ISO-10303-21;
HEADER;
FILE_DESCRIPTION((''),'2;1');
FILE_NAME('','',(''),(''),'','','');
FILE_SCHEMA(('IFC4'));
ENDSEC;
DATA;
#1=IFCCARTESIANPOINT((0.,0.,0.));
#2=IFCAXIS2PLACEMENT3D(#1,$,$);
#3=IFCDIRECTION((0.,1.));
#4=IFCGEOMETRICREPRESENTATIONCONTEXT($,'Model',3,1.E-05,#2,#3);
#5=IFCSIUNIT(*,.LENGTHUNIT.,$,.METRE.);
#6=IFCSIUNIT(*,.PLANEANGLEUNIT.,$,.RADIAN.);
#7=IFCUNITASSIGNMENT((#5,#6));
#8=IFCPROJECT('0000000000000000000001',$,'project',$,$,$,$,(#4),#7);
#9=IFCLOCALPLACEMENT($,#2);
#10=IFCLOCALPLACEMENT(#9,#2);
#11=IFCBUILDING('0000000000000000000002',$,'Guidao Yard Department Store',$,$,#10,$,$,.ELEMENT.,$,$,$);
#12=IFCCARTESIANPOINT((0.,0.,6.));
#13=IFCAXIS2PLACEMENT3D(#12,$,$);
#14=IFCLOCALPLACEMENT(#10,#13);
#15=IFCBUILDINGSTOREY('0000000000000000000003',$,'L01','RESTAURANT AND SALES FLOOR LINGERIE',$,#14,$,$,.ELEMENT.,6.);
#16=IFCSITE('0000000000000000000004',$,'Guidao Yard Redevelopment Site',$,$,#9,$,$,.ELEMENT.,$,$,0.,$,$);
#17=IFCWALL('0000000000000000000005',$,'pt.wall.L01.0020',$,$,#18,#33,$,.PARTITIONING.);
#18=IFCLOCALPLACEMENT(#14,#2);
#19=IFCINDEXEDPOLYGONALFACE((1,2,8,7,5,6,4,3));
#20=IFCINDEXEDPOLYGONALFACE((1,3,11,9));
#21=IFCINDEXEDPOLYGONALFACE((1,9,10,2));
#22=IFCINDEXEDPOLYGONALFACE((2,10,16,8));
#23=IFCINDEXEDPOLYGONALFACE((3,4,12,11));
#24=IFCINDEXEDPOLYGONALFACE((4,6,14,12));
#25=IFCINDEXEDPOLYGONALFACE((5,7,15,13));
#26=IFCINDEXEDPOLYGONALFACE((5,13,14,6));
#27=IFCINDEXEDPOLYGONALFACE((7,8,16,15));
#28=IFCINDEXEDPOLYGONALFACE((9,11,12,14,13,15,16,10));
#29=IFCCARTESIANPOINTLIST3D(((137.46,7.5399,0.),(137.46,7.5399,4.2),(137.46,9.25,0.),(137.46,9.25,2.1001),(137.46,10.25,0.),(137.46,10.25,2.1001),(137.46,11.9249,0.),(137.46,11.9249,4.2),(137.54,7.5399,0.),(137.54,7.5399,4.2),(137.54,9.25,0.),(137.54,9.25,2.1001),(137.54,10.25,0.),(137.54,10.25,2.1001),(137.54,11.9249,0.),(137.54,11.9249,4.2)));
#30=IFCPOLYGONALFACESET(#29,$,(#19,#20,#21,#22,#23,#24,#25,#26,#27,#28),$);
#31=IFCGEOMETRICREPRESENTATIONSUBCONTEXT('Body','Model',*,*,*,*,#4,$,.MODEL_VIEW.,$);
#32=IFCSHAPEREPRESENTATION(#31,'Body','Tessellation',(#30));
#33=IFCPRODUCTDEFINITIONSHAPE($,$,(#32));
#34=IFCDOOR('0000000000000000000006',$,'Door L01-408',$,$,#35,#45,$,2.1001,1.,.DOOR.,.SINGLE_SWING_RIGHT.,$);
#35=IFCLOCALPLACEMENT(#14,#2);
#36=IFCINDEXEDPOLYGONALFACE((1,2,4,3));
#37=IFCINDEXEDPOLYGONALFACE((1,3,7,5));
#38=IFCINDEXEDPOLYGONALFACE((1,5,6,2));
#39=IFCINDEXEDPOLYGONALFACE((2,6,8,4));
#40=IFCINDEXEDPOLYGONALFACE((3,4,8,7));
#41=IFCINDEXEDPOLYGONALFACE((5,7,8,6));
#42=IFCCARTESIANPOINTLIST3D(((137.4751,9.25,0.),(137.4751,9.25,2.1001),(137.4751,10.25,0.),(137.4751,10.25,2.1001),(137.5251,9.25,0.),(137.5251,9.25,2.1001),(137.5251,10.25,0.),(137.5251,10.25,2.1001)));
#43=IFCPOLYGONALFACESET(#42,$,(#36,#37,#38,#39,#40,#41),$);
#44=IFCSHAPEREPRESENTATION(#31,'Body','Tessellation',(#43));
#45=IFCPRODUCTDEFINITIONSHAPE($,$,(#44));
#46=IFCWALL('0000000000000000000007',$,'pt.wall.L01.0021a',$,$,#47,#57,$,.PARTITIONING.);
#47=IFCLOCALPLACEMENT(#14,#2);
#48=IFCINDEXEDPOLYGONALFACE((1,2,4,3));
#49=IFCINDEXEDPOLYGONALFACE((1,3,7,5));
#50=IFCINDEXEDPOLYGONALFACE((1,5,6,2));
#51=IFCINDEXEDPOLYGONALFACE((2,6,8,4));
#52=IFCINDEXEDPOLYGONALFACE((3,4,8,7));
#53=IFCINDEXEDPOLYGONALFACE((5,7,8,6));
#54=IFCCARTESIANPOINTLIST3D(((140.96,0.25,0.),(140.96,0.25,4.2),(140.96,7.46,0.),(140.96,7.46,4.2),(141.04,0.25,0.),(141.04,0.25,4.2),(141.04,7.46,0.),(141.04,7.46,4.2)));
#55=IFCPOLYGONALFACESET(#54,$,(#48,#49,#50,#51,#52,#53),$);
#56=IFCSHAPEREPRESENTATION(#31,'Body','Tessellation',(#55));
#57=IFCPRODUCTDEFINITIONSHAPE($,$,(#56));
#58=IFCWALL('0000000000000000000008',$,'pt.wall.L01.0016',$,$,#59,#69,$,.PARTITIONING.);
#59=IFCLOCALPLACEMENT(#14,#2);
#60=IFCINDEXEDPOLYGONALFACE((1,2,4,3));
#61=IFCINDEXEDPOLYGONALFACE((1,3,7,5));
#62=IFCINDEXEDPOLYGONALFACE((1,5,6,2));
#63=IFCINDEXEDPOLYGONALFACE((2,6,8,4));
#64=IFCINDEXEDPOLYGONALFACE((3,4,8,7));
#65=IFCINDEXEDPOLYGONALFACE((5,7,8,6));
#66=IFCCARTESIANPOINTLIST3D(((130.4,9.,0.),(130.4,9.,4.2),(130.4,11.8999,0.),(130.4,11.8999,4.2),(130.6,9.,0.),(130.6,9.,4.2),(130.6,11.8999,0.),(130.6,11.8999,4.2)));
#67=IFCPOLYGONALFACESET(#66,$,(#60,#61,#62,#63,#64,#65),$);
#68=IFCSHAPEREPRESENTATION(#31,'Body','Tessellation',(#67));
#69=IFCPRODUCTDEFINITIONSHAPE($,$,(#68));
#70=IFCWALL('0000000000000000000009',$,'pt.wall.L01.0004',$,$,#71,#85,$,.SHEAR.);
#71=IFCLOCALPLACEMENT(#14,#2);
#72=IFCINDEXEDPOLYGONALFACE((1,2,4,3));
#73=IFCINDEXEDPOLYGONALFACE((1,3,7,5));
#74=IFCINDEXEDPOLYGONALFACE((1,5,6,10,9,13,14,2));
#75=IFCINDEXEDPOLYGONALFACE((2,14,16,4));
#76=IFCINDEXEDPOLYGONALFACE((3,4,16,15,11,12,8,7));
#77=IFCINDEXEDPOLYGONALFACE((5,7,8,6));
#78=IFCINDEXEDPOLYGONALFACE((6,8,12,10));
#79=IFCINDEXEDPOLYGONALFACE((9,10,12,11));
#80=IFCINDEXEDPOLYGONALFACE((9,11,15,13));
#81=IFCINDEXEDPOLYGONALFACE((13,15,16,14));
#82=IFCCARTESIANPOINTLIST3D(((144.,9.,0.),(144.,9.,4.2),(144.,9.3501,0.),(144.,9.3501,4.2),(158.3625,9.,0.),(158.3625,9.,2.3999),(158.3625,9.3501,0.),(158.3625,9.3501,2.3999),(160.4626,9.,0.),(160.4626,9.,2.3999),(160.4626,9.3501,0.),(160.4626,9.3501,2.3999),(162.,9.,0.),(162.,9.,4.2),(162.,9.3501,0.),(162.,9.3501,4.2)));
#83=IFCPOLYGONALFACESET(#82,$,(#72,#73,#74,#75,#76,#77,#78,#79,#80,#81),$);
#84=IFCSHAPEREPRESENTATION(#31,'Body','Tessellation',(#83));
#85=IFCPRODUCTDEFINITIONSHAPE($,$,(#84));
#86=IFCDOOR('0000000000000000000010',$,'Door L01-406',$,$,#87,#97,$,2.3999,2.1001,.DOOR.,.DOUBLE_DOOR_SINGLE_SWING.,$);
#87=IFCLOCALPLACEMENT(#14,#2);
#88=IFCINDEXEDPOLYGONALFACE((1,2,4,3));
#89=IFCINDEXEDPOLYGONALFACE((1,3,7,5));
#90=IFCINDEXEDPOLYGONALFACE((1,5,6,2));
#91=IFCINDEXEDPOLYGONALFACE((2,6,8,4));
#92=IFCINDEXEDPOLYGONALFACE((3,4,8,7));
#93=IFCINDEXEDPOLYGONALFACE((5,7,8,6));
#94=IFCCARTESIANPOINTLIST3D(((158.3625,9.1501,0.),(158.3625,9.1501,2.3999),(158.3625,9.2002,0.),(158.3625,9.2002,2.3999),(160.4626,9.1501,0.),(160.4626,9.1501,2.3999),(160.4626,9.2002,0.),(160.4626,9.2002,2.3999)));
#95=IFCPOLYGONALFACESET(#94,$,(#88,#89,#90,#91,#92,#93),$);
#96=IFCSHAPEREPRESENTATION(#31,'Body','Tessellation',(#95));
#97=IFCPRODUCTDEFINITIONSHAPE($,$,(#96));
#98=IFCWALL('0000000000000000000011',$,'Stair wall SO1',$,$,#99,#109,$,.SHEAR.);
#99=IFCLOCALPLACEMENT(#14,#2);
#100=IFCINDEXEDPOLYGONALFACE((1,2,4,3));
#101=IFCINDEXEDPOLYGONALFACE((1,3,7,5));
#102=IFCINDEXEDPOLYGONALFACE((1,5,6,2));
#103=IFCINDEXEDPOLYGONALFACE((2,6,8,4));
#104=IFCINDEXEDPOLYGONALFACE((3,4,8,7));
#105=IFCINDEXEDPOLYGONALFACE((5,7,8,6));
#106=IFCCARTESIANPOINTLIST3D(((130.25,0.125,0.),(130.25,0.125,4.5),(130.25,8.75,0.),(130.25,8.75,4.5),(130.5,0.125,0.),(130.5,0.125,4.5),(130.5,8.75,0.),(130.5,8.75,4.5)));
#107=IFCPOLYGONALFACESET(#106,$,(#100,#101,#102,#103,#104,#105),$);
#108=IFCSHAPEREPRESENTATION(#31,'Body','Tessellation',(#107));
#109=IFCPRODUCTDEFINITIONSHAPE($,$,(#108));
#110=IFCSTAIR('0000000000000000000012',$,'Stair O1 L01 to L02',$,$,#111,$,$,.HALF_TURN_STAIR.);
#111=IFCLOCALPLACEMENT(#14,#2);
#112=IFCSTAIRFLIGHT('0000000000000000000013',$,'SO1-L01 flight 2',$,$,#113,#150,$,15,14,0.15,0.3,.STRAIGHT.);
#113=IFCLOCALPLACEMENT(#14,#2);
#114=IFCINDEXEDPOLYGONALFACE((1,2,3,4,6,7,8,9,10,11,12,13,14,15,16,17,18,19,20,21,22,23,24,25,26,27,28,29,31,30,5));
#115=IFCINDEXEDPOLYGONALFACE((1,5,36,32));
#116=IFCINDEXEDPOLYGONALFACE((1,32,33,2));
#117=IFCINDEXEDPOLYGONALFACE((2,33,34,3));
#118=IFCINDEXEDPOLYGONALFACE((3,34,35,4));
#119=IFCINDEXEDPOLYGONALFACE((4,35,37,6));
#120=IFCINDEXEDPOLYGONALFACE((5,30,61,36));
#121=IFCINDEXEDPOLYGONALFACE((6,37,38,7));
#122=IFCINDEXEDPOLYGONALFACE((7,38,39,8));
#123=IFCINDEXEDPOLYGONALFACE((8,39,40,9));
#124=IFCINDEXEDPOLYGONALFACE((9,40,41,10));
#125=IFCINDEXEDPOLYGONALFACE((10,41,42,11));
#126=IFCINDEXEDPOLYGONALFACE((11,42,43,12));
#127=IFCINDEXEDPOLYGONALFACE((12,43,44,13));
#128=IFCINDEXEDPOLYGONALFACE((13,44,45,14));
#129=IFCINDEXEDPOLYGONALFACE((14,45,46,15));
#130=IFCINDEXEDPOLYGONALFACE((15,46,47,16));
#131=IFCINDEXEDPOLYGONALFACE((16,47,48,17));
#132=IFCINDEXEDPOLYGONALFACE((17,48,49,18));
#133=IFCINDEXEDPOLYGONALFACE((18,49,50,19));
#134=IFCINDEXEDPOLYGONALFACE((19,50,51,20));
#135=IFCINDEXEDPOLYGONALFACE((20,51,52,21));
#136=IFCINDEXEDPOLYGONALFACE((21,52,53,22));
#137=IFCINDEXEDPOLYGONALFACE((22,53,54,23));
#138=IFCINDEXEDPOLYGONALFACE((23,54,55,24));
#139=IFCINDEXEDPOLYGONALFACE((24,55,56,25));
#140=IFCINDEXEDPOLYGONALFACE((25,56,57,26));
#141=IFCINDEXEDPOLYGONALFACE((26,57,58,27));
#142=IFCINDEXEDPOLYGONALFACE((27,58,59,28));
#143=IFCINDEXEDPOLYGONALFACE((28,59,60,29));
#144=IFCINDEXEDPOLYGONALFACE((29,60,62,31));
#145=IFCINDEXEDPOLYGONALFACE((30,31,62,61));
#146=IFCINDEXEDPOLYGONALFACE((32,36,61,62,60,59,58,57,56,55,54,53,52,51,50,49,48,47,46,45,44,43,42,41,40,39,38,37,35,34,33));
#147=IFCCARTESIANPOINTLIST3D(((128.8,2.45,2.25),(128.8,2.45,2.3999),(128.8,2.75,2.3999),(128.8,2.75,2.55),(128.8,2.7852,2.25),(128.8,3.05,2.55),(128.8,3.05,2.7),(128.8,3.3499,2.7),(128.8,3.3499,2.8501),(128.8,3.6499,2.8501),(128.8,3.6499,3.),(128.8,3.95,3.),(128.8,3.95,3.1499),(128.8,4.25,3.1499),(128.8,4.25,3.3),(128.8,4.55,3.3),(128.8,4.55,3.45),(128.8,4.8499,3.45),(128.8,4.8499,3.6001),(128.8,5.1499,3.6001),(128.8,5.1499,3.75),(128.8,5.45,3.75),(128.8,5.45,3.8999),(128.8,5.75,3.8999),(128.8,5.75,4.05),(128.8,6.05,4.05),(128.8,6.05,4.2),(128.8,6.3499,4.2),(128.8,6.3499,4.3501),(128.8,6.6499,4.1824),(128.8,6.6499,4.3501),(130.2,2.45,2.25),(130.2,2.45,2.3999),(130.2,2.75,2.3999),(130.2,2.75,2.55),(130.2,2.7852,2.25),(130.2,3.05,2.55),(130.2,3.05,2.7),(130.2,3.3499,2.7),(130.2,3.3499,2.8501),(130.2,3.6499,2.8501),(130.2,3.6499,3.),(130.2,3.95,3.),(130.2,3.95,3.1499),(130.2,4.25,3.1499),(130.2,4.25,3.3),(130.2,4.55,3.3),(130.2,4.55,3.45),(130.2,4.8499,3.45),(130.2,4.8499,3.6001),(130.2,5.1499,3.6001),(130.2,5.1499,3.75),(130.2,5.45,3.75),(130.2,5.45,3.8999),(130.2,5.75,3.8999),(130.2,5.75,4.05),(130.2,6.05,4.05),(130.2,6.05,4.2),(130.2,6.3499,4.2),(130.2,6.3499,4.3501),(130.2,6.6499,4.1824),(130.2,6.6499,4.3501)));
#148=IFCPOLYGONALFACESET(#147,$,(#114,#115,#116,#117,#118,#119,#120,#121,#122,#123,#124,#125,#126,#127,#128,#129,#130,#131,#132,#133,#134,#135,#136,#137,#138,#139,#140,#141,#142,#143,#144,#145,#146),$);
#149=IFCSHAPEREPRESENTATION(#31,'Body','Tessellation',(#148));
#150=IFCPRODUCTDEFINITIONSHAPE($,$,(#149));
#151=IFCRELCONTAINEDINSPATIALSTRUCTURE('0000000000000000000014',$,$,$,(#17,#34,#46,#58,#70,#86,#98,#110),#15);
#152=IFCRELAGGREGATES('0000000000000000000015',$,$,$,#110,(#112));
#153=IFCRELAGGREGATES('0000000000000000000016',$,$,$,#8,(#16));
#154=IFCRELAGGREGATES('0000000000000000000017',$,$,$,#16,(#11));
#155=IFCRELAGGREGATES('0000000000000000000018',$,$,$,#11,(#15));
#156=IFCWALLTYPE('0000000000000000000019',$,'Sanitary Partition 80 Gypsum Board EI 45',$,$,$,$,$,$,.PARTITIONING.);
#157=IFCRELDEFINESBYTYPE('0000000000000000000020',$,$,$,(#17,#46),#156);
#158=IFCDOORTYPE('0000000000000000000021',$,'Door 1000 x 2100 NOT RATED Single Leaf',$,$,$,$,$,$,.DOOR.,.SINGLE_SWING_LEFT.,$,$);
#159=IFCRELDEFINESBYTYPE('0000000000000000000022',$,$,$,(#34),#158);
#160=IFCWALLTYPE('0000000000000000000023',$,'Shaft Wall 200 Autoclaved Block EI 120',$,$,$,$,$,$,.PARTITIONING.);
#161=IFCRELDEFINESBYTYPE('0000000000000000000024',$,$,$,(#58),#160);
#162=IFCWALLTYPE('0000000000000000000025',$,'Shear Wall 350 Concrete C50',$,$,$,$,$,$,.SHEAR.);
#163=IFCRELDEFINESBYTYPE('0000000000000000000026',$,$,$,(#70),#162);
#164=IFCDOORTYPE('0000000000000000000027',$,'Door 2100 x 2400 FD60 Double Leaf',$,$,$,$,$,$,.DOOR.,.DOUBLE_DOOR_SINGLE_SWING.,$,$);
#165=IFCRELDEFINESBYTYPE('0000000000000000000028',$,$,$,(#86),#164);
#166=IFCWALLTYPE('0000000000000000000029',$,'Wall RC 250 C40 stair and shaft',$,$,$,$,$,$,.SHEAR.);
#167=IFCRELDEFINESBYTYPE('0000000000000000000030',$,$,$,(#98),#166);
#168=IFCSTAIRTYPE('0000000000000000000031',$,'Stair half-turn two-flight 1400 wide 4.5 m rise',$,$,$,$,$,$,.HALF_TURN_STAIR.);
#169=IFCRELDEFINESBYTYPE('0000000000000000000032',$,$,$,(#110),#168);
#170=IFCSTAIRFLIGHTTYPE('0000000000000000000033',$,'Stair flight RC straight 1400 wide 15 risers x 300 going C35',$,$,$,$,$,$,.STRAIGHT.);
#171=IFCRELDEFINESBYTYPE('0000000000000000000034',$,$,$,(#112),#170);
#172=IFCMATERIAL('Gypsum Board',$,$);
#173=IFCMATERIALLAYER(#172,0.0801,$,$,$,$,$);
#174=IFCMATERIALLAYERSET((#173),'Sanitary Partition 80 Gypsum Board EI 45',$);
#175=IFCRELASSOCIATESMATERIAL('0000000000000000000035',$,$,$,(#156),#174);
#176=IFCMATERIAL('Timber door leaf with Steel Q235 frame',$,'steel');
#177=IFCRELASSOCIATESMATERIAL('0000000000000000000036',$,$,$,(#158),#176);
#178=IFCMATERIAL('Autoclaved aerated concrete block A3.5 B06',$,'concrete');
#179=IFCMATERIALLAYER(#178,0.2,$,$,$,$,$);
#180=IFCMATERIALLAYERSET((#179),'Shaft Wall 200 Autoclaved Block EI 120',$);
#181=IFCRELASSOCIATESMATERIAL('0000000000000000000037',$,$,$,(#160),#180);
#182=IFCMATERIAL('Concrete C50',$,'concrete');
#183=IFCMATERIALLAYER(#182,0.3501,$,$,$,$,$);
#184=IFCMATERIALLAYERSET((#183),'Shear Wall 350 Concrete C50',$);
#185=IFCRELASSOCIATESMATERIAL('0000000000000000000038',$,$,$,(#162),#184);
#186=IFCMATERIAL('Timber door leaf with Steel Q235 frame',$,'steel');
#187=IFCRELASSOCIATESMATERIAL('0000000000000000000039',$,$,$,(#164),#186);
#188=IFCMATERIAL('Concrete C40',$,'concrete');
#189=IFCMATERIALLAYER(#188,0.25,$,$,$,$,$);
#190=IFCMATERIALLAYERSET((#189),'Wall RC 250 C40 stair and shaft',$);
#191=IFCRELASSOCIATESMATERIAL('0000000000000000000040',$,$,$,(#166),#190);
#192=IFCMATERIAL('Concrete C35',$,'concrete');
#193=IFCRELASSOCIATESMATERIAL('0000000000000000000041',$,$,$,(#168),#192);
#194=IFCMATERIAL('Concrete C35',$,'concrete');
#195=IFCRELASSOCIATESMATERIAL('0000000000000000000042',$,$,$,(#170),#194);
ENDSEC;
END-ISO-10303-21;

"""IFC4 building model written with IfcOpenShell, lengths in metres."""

from ifc_helpers import new_model, si_unit, direction, frame, frame_2d, origin, place, context, subcontext, project, spatial, polyline, rectangle, outline, extrude, material, layer, layer_set, type_object, element, fill, aggregate, save


model = new_model("IFC4")

# Units and contexts
model_context = context("Model", 3, precision=1e-05, world=origin(), true_north=direction((0.0, 1.0)))
body_context = subcontext(model_context, "Body", "Model", "MODEL_VIEW")
ifc_project = project(units=[si_unit("LENGTHUNIT", "METRE"), si_unit("PLANEANGLEUNIT", "RADIAN")], contexts=[model_context])

# Site, building, storey
site_placement = place(None, origin())
site = spatial("IfcSite", under=ifc_project, at=site_placement, Name="Guidao Yard Redevelopment Site", CompositionType="ELEMENT", RefElevation=0.0)
building_placement = place(site_placement, origin())
building = spatial("IfcBuilding", under=site, at=building_placement, Name="Guidao Yard Department Store", CompositionType="ELEMENT")
storey_placement = place(building_placement, frame((0.0, 0.0, 6.0)))
storey = spatial("IfcBuildingStorey", under=building, at=storey_placement, Name="L01", Description="RESTAURANT AND SALES FLOOR LINGERIE", CompositionType="ELEMENT", Elevation=6.0)

# Shared definitions
ifc_material_1 = material(Name="Gypsum Board")
ifc_layer_1 = layer(ifc_material_1, 0.0801)
ifc_layer_set_1 = layer_set([ifc_layer_1], Name="Sanitary Partition 80 Gypsum Board EI 45")
wall_type_1 = type_object("IfcWallType", Name="Sanitary Partition 80 Gypsum Board EI 45", PredefinedType="PARTITIONING", material=ifc_layer_set_1)

# Wall, opening, door
wall_1_placement = place(storey_placement, frame((137.5, 7.54, 0.0), z_axis=(0.0, 0.0, 1.0), x_axis=(0.0, 1.0, 0.0)))
wall_1 = element("IfcWall", 1, at=wall_1_placement, inside=storey, type_object=wall_type_1, Name="pt.wall.L01.0020", PredefinedType="PARTITIONING", context=body_context, shape_type="SweptSolid", body=[
    extrude(rectangle(XDim=4.385, YDim=0.0801, at=frame_2d((2.1924, 0.0))), origin(), (0.0, 0.0, 1.0), 4.2),
])
opening_1_placement = place(wall_1_placement, frame((1.71, 0.0, 0.0)))
opening_1 = element("IfcOpeningElement", 2, at=opening_1_placement, cuts=wall_1, PredefinedType="OPENING", context=body_context, shape_type="SweptSolid", body=[
    extrude(rectangle(XDim=1.0, YDim=2.1001, at=frame_2d((0.5, 1.05))), frame((0.0, 0.05, 0.0), z_axis=(0.0, -1.0, 0.0), x_axis=(1.0, 0.0, 0.0)), (0.0, 0.0, 1.0), 0.1001),
])
ifc_material_2 = material(Name="Timber door leaf with Steel Q235 frame", Category="steel")
door_type_1 = type_object("IfcDoorType", Name="Door 1000 x 2100 NOT RATED Single Leaf", OperationType="SINGLE_SWING_LEFT", PredefinedType="DOOR", material=ifc_material_2)
door_1_placement = place(opening_1_placement, origin())
door_1 = element("IfcDoor", 3, at=door_1_placement, inside=storey, type_object=door_type_1, Name="Door L01-408", OperationType="SINGLE_SWING_RIGHT", OverallHeight=2.1001, OverallWidth=1.0, PredefinedType="DOOR", context=body_context, shape_type="SweptSolid", body=[
    extrude(rectangle(XDim=1.0, YDim=2.1001, at=frame_2d((0.5, 1.05))), frame((0.0, 0.0249, 0.0), z_axis=(0.0, -1.0, 0.0), x_axis=(1.0, 0.0, 0.0)), (0.0, 0.0, 1.0), 0.05),
])
fill(opening_1, door_1)

# Walls
wall_2_placement = place(storey_placement, frame((141.0, 0.25, 0.0), z_axis=(0.0, 0.0, 1.0), x_axis=(0.0, 1.0, 0.0)))
element("IfcWall", 4, at=wall_2_placement, inside=storey, type_object=wall_type_1, Name="pt.wall.L01.0021a", PredefinedType="PARTITIONING", context=body_context, shape_type="SweptSolid", body=[
    extrude(rectangle(XDim=7.21, YDim=0.0801, at=frame_2d((3.605, 0.0))), origin(), (0.0, 0.0, 1.0), 4.2),
])
ifc_material_3 = material(Name="Autoclaved aerated concrete block A3.5 B06", Category="concrete")
ifc_layer_2 = layer(ifc_material_3, 0.2)
ifc_layer_set_2 = layer_set([ifc_layer_2], Name="Shaft Wall 200 Autoclaved Block EI 120")
wall_type_2 = type_object("IfcWallType", Name="Shaft Wall 200 Autoclaved Block EI 120", PredefinedType="PARTITIONING", material=ifc_layer_set_2)
wall_3_placement = place(storey_placement, frame((130.5, 9.0, 0.0), z_axis=(0.0, 0.0, 1.0), x_axis=(0.0, 1.0, 0.0)))
element("IfcWall", 5, at=wall_3_placement, inside=storey, type_object=wall_type_2, Name="pt.wall.L01.0016", PredefinedType="PARTITIONING", context=body_context, shape_type="SweptSolid", body=[
    extrude(rectangle(XDim=2.8999, YDim=0.2, at=frame_2d((1.45, 0.0))), origin(), (0.0, 0.0, 1.0), 4.2),
])

# Wall, opening, door
ifc_material_4 = material(Name="Concrete C50", Category="concrete")
ifc_layer_3 = layer(ifc_material_4, 0.3501)
ifc_layer_set_3 = layer_set([ifc_layer_3], Name="Shear Wall 350 Concrete C50")
wall_type_3 = type_object("IfcWallType", Name="Shear Wall 350 Concrete C50", PredefinedType="SHEAR", material=ifc_layer_set_3)
wall_4_placement = place(storey_placement, frame((144.0, 9.175, 0.0), z_axis=(0.0, 0.0, 1.0), x_axis=(1.0, 0.0, 0.0)))
wall_4 = element("IfcWall", 6, at=wall_4_placement, inside=storey, type_object=wall_type_3, Name="pt.wall.L01.0004", PredefinedType="SHEAR", context=body_context, shape_type="SweptSolid", body=[
    extrude(rectangle(XDim=18.0, YDim=0.3501, at=frame_2d((9.0, 0.0))), origin(), (0.0, 0.0, 1.0), 4.2),
])
opening_2_placement = place(wall_4_placement, frame((16.4626, 0.0, 0.0), z_axis=(0.0, 0.0, 1.0), x_axis=(-1.0, 0.0, 0.0)))
opening_2 = element("IfcOpeningElement", 7, at=opening_2_placement, cuts=wall_4, PredefinedType="OPENING", context=body_context, shape_type="SweptSolid", body=[
    extrude(rectangle(XDim=2.1001, YDim=2.3999, at=frame_2d((1.05, 1.2))), frame((0.0, 0.1851, 0.0), z_axis=(0.0, -1.0, 0.0), x_axis=(1.0, 0.0, 0.0)), (0.0, 0.0, 1.0), 0.3701),
])
ifc_material_5 = material(Name="Timber door leaf with Steel Q235 frame", Category="steel")
door_type_2 = type_object("IfcDoorType", Name="Door 2100 x 2400 FD60 Double Leaf", OperationType="DOUBLE_DOOR_SINGLE_SWING", PredefinedType="DOOR", material=ifc_material_5)
door_2_placement = place(opening_2_placement, origin())
door_2 = element("IfcDoor", 8, at=door_2_placement, inside=storey, type_object=door_type_2, Name="Door L01-406", OperationType="DOUBLE_DOOR_SINGLE_SWING", OverallHeight=2.3999, OverallWidth=2.1001, PredefinedType="DOOR", context=body_context, shape_type="SweptSolid", body=[
    extrude(rectangle(XDim=2.1001, YDim=2.3999, at=frame_2d((1.05, 1.2))), frame((0.0, 0.0249, 0.0), z_axis=(0.0, -1.0, 0.0), x_axis=(1.0, 0.0, 0.0)), (0.0, 0.0, 1.0), 0.05),
])
fill(opening_2, door_2)

# Wall
ifc_material_6 = material(Name="Concrete C40", Category="concrete")
ifc_layer_4 = layer(ifc_material_6, 0.25)
ifc_layer_set_4 = layer_set([ifc_layer_4], Name="Wall RC 250 C40 stair and shaft")
wall_type_4 = type_object("IfcWallType", Name="Wall RC 250 C40 stair and shaft", PredefinedType="SHEAR", material=ifc_layer_set_4)
wall_5_placement = place(storey_placement, frame((130.375, 0.125, 0.0), z_axis=(0.0, 0.0, 1.0), x_axis=(0.0, 1.0, 0.0)))
element("IfcWall", 9, at=wall_5_placement, inside=storey, type_object=wall_type_4, Name="Stair wall SO1", PredefinedType="SHEAR", context=body_context, shape_type="SweptSolid", body=[
    extrude(rectangle(XDim=8.625, YDim=0.25, at=frame_2d((4.3125, 0.0))), origin(), (0.0, 0.0, 1.0), 4.5),
])

# Stair, stair flight
ifc_material_7 = material(Name="Concrete C35", Category="concrete")
stair_type = type_object("IfcStairType", Name="Stair half-turn two-flight 1400 wide 4.5 m rise", PredefinedType="HALF_TURN_STAIR", material=ifc_material_7)
stair_placement = place(storey_placement, origin())
stair = element("IfcStair", 10, at=stair_placement, inside=storey, type_object=stair_type, Name="Stair O1 L01 to L02", PredefinedType="HALF_TURN_STAIR")
ifc_material_8 = material(Name="Concrete C35", Category="concrete")
stair_flight_type = type_object("IfcStairFlightType", Name="Stair flight RC straight 1400 wide 15 risers x 300 going C35", PredefinedType="STRAIGHT", material=ifc_material_8)
stair_flight_placement = place(storey_placement, frame((129.5, 2.45, 2.25), z_axis=(0.0, 0.0, 1.0), x_axis=(0.0, 1.0, 0.0)))
stair_flight = element("IfcStairFlight", 11, at=stair_flight_placement, type_object=stair_flight_type, Name="SO1-L01 flight 2", NumberOfRisers=15, NumberOfTreads=14, PredefinedType="STRAIGHT", RiserHeight=0.15, TreadLength=0.3, context=body_context, shape_type="SweptSolid", body=[
    extrude(outline(polyline([(0.0, 0.0), (0.0, 0.1499), (0.3, 0.1499), (0.3, 0.3), (0.6001, 0.3), (0.6001, 0.45), (0.8999, 0.45), (0.8999, 0.6001), (1.2, 0.6001), (1.2, 0.75), (1.5, 0.75), (1.5, 0.8999), (1.8, 0.8999), (1.8, 1.05), (2.1001, 1.05), (2.1001, 1.2), (2.3999, 1.2), (2.3999, 1.3501), (2.7, 1.3501), (2.7, 1.5), (3.0, 1.5), (3.0, 1.6499), (3.3, 1.6499), (3.3, 1.8), (3.6001, 1.8), (3.6001, 1.95), (3.8999, 1.95), (3.8999, 2.1001), (4.2, 2.1001), (4.2, 2.25), (4.2, 1.9324), (0.3352, 0.0), (0.0, 0.0)])), frame((0.0, 0.7, 0.0), z_axis=(0.0, -1.0, 0.0), x_axis=(1.0, 0.0, 0.0)), (0.0, 0.0, 1.0), 1.3999),
])
aggregate(stair, [stair_flight])

save(model, "model.ifc")
